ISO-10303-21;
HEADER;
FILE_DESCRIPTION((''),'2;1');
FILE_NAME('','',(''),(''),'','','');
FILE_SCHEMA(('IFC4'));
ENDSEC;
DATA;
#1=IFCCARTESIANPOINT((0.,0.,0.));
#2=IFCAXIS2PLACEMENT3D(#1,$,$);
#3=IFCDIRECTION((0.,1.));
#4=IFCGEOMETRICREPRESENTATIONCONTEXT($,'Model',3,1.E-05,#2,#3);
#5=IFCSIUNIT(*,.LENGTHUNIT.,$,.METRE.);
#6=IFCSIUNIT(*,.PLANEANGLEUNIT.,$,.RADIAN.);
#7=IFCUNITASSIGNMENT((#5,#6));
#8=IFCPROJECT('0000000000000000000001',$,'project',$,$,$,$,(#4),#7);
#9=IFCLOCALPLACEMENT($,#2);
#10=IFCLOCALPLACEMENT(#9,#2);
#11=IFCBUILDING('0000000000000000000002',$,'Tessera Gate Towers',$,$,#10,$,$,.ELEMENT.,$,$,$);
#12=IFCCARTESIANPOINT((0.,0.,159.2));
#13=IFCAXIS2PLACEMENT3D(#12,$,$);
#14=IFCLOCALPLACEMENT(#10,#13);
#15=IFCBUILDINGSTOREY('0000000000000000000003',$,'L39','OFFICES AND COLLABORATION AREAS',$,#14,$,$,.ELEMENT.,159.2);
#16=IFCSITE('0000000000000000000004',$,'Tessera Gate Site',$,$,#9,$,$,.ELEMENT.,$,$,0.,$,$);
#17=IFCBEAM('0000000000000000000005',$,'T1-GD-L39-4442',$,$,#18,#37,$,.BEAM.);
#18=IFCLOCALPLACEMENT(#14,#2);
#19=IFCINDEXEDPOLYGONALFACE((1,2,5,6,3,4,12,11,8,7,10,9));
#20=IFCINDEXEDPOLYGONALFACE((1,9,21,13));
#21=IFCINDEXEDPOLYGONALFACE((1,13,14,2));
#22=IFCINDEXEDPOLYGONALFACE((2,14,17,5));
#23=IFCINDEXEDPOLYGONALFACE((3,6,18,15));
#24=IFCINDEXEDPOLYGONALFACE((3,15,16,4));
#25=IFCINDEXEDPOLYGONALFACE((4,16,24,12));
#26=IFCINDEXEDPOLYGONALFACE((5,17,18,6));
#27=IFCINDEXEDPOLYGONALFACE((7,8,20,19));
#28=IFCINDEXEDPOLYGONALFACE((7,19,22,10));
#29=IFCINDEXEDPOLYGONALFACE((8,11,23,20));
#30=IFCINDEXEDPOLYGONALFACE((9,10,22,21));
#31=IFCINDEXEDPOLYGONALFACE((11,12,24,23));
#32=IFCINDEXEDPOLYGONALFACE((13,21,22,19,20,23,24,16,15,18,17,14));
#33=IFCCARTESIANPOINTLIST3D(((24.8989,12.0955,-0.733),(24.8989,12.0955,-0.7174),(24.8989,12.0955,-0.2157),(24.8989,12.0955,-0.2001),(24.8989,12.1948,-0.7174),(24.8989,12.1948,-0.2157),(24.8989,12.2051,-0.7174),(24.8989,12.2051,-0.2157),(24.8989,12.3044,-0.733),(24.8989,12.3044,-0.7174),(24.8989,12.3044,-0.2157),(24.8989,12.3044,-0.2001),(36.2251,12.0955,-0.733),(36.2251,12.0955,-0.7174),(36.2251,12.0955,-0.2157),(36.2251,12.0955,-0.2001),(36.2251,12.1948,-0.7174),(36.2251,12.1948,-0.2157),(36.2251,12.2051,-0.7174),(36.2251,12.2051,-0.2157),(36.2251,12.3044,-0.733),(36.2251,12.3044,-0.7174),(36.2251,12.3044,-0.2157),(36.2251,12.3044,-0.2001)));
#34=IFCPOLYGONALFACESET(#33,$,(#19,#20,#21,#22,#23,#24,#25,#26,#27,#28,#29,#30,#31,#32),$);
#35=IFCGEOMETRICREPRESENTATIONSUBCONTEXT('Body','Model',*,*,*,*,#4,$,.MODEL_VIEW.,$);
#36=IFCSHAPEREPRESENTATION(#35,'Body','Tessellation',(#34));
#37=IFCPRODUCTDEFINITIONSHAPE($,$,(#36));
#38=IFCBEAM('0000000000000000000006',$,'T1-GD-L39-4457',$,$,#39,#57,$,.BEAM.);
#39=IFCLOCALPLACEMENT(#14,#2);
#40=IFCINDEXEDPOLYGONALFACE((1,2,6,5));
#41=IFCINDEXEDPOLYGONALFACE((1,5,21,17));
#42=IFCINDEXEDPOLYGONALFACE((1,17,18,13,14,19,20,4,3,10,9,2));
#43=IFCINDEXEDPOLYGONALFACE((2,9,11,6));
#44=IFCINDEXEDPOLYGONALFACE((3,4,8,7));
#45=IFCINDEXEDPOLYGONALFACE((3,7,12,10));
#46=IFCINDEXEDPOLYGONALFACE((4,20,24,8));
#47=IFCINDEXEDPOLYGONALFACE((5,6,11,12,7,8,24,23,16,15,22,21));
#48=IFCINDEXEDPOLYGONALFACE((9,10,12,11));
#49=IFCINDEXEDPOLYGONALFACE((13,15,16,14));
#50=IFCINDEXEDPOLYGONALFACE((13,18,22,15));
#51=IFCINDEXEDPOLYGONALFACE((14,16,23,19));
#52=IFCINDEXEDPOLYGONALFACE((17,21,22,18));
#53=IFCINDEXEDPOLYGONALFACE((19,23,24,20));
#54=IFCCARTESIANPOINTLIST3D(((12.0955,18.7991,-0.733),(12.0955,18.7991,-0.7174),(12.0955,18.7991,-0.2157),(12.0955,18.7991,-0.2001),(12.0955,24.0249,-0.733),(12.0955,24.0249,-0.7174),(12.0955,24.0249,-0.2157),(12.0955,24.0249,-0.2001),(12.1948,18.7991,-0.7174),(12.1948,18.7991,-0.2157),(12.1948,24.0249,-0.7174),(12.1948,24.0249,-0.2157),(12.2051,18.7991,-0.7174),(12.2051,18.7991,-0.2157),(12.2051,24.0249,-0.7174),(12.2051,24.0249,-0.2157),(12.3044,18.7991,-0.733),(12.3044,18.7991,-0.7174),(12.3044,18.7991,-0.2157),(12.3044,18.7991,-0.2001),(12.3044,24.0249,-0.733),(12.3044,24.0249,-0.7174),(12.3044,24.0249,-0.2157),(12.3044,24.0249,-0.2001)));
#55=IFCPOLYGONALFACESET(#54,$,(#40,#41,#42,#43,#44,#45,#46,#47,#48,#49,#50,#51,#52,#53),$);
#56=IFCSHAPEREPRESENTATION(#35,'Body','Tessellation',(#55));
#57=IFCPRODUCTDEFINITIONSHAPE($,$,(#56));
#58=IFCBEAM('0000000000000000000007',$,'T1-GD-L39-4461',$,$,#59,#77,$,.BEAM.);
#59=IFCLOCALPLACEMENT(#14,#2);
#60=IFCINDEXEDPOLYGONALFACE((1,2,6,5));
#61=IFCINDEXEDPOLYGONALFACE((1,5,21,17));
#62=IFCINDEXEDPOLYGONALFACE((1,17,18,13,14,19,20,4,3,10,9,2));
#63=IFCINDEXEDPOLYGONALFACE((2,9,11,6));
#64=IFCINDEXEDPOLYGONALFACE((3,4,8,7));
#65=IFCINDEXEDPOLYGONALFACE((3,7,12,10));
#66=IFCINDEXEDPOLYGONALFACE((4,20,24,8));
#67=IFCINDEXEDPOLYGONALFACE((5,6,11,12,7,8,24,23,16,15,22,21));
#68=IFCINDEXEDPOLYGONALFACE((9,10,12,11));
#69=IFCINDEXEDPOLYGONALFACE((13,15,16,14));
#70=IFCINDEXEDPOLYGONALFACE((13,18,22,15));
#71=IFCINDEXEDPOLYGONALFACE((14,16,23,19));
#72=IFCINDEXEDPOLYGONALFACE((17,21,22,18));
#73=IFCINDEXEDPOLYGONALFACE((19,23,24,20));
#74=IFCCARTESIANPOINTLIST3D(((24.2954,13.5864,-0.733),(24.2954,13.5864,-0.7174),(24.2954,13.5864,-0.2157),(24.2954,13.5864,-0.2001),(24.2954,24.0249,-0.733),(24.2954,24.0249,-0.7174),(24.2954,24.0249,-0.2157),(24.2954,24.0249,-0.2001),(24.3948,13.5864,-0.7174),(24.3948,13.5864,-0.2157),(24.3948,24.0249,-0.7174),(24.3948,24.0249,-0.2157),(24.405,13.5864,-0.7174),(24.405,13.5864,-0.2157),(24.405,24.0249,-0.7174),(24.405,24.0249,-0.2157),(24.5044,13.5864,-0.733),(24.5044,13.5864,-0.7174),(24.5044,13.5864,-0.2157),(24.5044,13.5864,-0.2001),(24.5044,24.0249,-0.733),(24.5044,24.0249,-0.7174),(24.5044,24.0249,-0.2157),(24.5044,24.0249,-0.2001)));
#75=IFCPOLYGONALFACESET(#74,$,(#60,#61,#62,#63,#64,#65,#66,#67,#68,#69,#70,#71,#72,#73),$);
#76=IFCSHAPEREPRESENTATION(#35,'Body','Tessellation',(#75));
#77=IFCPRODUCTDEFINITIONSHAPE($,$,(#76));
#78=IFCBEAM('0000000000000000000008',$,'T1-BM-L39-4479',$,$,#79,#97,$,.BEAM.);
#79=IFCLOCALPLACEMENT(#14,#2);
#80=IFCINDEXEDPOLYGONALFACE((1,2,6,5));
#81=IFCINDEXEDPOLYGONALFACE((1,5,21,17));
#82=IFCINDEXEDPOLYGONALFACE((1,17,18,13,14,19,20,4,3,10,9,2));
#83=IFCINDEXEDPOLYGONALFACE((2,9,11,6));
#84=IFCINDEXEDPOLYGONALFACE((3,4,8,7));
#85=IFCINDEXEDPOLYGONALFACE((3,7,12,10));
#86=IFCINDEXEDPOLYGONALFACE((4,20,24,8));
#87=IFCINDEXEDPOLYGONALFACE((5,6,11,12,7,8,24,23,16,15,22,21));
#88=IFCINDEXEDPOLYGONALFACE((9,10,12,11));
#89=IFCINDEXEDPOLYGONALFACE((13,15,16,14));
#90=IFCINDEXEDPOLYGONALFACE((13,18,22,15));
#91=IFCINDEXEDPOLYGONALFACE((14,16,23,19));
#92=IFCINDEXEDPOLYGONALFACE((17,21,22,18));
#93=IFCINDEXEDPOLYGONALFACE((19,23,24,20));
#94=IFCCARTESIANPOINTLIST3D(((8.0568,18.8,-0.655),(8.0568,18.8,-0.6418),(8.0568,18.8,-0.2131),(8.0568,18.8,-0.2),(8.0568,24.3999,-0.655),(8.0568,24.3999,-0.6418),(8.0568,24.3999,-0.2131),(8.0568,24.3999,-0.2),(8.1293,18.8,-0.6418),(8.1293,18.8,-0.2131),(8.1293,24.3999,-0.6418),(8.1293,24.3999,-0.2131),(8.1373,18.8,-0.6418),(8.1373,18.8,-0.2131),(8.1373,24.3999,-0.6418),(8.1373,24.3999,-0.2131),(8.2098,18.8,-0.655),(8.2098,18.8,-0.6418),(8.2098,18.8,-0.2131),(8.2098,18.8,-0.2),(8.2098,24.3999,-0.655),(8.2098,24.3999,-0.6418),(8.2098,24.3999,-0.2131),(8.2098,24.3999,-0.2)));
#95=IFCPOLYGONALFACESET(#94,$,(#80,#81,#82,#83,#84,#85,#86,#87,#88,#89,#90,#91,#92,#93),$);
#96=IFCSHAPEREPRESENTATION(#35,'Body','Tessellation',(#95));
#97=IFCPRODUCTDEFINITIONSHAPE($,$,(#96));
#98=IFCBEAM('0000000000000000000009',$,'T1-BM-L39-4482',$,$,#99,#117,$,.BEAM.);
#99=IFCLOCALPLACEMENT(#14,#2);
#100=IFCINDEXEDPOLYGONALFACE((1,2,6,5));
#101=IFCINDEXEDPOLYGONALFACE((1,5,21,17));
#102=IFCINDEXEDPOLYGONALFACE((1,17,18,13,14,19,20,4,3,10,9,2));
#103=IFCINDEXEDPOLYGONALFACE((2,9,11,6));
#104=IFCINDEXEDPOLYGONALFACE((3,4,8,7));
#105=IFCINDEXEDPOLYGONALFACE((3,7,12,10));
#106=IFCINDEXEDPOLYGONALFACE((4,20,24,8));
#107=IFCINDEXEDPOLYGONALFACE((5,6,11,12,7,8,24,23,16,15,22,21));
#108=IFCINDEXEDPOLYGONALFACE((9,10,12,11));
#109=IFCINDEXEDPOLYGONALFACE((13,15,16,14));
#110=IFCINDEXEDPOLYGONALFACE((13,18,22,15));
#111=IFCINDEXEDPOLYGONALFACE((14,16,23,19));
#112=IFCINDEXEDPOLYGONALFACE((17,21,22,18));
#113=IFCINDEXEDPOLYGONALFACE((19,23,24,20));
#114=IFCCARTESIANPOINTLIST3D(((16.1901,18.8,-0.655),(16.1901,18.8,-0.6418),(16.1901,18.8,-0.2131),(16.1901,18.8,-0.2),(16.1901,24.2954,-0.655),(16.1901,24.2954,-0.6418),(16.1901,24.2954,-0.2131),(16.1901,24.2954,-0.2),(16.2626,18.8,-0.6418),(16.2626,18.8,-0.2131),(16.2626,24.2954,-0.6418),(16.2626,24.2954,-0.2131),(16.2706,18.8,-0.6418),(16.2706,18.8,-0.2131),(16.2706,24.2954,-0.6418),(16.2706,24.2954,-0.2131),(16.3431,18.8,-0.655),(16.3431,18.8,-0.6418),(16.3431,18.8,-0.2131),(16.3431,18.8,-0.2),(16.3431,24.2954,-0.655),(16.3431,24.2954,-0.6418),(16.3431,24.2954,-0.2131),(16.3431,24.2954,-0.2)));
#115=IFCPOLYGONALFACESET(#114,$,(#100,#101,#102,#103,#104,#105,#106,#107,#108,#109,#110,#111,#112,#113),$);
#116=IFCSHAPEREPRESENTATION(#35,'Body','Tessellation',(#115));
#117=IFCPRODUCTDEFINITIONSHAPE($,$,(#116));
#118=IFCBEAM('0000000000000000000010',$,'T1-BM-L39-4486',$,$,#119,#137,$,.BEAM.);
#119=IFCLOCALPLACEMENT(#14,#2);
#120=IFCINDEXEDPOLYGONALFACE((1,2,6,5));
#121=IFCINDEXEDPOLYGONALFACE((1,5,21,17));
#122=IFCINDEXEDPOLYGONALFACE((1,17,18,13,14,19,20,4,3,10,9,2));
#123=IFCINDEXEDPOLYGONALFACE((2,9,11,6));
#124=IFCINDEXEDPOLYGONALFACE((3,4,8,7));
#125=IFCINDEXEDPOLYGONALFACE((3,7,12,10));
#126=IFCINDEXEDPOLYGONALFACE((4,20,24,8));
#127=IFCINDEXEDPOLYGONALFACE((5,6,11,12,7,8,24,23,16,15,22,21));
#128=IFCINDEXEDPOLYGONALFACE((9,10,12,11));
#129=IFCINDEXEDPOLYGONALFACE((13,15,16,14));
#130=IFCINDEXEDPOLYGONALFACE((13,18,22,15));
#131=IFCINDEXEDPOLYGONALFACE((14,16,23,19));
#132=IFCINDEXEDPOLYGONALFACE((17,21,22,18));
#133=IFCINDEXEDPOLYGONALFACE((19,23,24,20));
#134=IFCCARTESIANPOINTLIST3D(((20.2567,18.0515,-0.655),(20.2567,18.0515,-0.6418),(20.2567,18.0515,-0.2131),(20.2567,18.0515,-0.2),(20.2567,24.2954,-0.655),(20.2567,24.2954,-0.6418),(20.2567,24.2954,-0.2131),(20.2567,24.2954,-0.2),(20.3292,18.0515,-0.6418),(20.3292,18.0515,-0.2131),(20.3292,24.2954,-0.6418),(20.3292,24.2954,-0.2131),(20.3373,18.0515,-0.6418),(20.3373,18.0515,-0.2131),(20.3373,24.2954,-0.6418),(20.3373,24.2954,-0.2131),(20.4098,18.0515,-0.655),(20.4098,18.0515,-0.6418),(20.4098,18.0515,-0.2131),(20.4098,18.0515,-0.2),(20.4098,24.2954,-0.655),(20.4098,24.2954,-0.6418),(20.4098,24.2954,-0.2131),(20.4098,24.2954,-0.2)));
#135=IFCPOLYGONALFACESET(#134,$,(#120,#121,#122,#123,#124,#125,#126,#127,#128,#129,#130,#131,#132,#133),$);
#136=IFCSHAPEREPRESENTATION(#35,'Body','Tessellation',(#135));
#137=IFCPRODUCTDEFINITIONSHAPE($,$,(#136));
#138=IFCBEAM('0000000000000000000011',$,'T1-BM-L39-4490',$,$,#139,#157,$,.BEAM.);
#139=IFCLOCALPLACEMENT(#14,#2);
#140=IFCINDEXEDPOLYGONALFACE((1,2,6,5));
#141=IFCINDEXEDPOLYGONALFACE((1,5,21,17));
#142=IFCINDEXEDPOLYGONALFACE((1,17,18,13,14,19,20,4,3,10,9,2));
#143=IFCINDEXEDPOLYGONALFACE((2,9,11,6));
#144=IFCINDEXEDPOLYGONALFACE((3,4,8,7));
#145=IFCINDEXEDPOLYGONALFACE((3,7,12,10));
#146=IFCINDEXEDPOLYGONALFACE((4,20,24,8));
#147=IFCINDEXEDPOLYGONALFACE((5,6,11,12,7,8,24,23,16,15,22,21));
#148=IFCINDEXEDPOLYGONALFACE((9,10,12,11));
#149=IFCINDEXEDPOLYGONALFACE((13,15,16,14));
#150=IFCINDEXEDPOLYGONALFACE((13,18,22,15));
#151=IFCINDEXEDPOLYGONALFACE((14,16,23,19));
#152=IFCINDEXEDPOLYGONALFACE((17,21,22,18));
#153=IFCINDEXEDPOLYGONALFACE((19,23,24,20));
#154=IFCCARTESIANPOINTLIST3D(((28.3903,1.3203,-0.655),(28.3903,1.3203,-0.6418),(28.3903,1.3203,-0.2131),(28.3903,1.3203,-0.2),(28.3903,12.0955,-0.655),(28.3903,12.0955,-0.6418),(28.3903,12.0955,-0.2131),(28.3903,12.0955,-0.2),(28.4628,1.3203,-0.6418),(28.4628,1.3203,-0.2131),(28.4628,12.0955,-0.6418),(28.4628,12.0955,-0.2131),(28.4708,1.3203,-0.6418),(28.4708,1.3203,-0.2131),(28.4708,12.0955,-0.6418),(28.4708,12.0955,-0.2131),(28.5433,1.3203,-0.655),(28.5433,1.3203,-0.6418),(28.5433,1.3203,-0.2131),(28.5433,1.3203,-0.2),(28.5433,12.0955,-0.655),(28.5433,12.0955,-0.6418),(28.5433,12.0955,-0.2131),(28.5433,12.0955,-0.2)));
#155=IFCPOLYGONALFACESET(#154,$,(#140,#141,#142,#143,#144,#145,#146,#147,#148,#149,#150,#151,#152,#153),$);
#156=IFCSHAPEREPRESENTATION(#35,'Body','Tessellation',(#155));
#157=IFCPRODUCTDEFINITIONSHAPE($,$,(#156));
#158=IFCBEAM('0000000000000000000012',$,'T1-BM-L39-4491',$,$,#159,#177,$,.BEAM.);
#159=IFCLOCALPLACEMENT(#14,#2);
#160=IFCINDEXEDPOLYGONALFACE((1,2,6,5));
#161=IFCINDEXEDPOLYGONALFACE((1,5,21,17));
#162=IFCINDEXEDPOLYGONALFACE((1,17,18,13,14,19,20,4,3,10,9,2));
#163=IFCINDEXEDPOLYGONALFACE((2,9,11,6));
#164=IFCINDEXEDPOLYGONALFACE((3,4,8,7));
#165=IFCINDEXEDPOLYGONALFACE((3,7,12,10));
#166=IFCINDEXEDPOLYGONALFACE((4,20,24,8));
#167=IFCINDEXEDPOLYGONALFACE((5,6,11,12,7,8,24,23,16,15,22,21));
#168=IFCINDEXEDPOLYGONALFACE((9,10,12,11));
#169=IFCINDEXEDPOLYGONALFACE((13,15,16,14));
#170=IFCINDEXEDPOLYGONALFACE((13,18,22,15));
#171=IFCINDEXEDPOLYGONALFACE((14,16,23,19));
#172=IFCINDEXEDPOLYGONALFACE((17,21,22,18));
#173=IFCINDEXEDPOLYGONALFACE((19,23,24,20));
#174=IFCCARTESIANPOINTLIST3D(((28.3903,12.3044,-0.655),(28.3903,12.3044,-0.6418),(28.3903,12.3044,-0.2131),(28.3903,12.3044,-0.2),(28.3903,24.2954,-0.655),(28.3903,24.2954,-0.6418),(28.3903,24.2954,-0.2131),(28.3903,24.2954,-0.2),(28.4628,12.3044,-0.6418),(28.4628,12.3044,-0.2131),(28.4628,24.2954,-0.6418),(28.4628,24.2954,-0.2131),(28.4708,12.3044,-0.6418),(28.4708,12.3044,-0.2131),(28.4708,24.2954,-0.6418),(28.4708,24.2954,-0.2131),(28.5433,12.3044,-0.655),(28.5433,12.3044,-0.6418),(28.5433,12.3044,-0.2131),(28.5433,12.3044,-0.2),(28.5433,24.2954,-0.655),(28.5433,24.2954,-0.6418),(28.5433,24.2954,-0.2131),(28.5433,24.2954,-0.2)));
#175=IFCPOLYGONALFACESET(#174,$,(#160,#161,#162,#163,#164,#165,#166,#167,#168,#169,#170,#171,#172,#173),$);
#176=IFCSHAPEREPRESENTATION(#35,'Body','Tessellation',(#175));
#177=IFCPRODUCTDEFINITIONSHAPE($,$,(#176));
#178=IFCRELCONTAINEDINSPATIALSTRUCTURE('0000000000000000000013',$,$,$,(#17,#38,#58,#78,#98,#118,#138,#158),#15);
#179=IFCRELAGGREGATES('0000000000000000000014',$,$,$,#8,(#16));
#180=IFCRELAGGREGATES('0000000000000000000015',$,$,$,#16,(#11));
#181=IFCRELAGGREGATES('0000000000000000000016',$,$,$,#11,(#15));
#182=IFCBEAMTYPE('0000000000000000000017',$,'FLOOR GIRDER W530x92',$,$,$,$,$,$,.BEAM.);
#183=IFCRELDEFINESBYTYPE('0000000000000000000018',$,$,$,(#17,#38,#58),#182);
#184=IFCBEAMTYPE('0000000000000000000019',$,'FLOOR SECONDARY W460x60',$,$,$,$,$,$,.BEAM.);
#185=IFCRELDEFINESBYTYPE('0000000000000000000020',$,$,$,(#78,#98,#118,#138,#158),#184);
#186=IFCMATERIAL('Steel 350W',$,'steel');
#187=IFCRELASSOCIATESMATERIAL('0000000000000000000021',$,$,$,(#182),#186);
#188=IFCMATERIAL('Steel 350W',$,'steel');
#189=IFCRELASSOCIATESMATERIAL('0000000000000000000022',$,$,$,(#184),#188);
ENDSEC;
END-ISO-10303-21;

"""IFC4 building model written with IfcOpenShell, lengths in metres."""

from ifc_helpers import new_model, si_unit, direction, frame, origin, origin_2d, place, context, subcontext, project, spatial, i_section, extrude, material, material_profile, profile_set, type_object, element, save


model = new_model("IFC4")

# Units and contexts
model_context = context("Model", 3, precision=1e-05, world=origin(), true_north=direction((0.0, 1.0)))
body_context = subcontext(model_context, "Body", "Model", "MODEL_VIEW")
ifc_project = project(units=[si_unit("LENGTHUNIT", "METRE"), si_unit("PLANEANGLEUNIT", "RADIAN")], contexts=[model_context])

# Site, building, storey
site_placement = place(None, origin())
site = spatial("IfcSite", under=ifc_project, at=site_placement, Name="Tessera Gate Site", CompositionType="ELEMENT", RefElevation=0.0)
building_placement = place(site_placement, origin())
building = spatial("IfcBuilding", under=site, at=building_placement, Name="Tessera Gate Towers", CompositionType="ELEMENT")
storey_placement = place(building_placement, frame((0.0, 0.0, 159.2)))
storey = spatial("IfcBuildingStorey", under=building, at=storey_placement, Name="L39", Description="OFFICES AND COLLABORATION AREAS", CompositionType="ELEMENT", Elevation=159.2)

# Beams
ifc_material_1 = material(Name="Steel 350W", Category="steel")
ifc_material_profile_1 = material_profile(ifc_material_1, i_section(OverallWidth=0.209, OverallDepth=0.533, WebThickness=0.0103, FlangeThickness=0.0156, at=origin_2d()), Name="W530x92")
ifc_profile_set_1 = profile_set([ifc_material_profile_1], Name="Steel 350W")
beam_type_1 = type_object("IfcBeamType", Name="FLOOR GIRDER W530x92", PredefinedType="BEAM", material=ifc_profile_set_1)
beam_1_placement = place(storey_placement, frame((24.8989, 12.2, -0.4666), z_axis=(1.0, 0.0, 0.0), x_axis=(0.0, 1.0, 0.0)))
element("IfcBeam", 1, at=beam_1_placement, inside=storey, type_object=beam_type_1, Name="T1-GD-L39-4442", PredefinedType="BEAM", context=body_context, shape_type="SweptSolid", body=[
    extrude(i_section(OverallWidth=0.209, OverallDepth=0.533, WebThickness=0.0103, FlangeThickness=0.0156, at=origin_2d()), origin(), (0.0, 0.0, 1.0), 11.3262),
])
beam_2_placement = place(storey_placement, frame((12.2, 18.7991, -0.4666), z_axis=(0.0, 1.0, 0.0), x_axis=(-1.0, 0.0, 0.0)))
element("IfcBeam", 2, at=beam_2_placement, inside=storey, type_object=beam_type_1, Name="T1-GD-L39-4457", PredefinedType="BEAM", context=body_context, shape_type="SweptSolid", body=[
    extrude(i_section(OverallWidth=0.209, OverallDepth=0.533, WebThickness=0.0103, FlangeThickness=0.0156, at=origin_2d()), origin(), (0.0, 0.0, 1.0), 5.2258),
])
beam_3_placement = place(storey_placement, frame((24.3999, 13.5864, -0.4666), z_axis=(0.0, 1.0, 0.0), x_axis=(-1.0, 0.0, 0.0)))
element("IfcBeam", 3, at=beam_3_placement, inside=storey, type_object=beam_type_1, Name="T1-GD-L39-4461", PredefinedType="BEAM", context=body_context, shape_type="SweptSolid", body=[
    extrude(i_section(OverallWidth=0.209, OverallDepth=0.533, WebThickness=0.0103, FlangeThickness=0.0156, at=origin_2d()), origin(), (0.0, 0.0, 1.0), 10.4385),
])
ifc_material_2 = material(Name="Steel 350W", Category="steel")
ifc_material_profile_2 = material_profile(ifc_material_2, i_section(OverallWidth=0.1531, OverallDepth=0.4551, WebThickness=0.0081, FlangeThickness=0.0132, at=origin_2d()), Name="W460x60")
ifc_profile_set_2 = profile_set([ifc_material_profile_2], Name="Steel 350W")
beam_type_2 = type_object("IfcBeamType", Name="FLOOR SECONDARY W460x60", PredefinedType="BEAM", material=ifc_profile_set_2)
beam_4_placement = place(storey_placement, frame((8.1333, 18.8, -0.4275), z_axis=(0.0, 1.0, 0.0), x_axis=(-1.0, 0.0, 0.0)))
element("IfcBeam", 4, at=beam_4_placement, inside=storey, type_object=beam_type_2, Name="T1-BM-L39-4479", PredefinedType="BEAM", context=body_context, shape_type="SweptSolid", body=[
    extrude(i_section(OverallWidth=0.1531, OverallDepth=0.4551, WebThickness=0.0081, FlangeThickness=0.0132, at=origin_2d()), origin(), (0.0, 0.0, 1.0), 5.5999),
])
beam_5_placement = place(storey_placement, frame((16.2666, 18.8, -0.4275), z_axis=(0.0, 1.0, 0.0), x_axis=(-1.0, 0.0, 0.0)))
element("IfcBeam", 5, at=beam_5_placement, inside=storey, type_object=beam_type_2, Name="T1-BM-L39-4482", PredefinedType="BEAM", context=body_context, shape_type="SweptSolid", body=[
    extrude(i_section(OverallWidth=0.1531, OverallDepth=0.4551, WebThickness=0.0081, FlangeThickness=0.0132, at=origin_2d()), origin(), (0.0, 0.0, 1.0), 5.4954),
])
beam_6_placement = place(storey_placement, frame((20.3333, 18.0515, -0.4275), z_axis=(0.0, 1.0, 0.0), x_axis=(-1.0, 0.0, 0.0)))
element("IfcBeam", 6, at=beam_6_placement, inside=storey, type_object=beam_type_2, Name="T1-BM-L39-4486", PredefinedType="BEAM", context=body_context, shape_type="SweptSolid", body=[
    extrude(i_section(OverallWidth=0.1531, OverallDepth=0.4551, WebThickness=0.0081, FlangeThickness=0.0132, at=origin_2d()), origin(), (0.0, 0.0, 1.0), 6.2439),
])
beam_7_placement = place(storey_placement, frame((28.4668, 1.3203, -0.4275), z_axis=(0.0, 1.0, 0.0), x_axis=(-1.0, 0.0, 0.0)))
element("IfcBeam", 7, at=beam_7_placement, inside=storey, type_object=beam_type_2, Name="T1-BM-L39-4490", PredefinedType="BEAM", context=body_context, shape_type="SweptSolid", body=[
    extrude(i_section(OverallWidth=0.1531, OverallDepth=0.4551, WebThickness=0.0081, FlangeThickness=0.0132, at=origin_2d()), origin(), (0.0, 0.0, 1.0), 10.7751),
])
beam_8_placement = place(storey_placement, frame((28.4668, 12.3044, -0.4275), z_axis=(0.0, 1.0, 0.0), x_axis=(-1.0, 0.0, 0.0)))
element("IfcBeam", 8, at=beam_8_placement, inside=storey, type_object=beam_type_2, Name="T1-BM-L39-4491", PredefinedType="BEAM", context=body_context, shape_type="SweptSolid", body=[
    extrude(i_section(OverallWidth=0.1531, OverallDepth=0.4551, WebThickness=0.0081, FlangeThickness=0.0132, at=origin_2d()), origin(), (0.0, 0.0, 1.0), 11.991),
])

save(model, "model.ifc")
